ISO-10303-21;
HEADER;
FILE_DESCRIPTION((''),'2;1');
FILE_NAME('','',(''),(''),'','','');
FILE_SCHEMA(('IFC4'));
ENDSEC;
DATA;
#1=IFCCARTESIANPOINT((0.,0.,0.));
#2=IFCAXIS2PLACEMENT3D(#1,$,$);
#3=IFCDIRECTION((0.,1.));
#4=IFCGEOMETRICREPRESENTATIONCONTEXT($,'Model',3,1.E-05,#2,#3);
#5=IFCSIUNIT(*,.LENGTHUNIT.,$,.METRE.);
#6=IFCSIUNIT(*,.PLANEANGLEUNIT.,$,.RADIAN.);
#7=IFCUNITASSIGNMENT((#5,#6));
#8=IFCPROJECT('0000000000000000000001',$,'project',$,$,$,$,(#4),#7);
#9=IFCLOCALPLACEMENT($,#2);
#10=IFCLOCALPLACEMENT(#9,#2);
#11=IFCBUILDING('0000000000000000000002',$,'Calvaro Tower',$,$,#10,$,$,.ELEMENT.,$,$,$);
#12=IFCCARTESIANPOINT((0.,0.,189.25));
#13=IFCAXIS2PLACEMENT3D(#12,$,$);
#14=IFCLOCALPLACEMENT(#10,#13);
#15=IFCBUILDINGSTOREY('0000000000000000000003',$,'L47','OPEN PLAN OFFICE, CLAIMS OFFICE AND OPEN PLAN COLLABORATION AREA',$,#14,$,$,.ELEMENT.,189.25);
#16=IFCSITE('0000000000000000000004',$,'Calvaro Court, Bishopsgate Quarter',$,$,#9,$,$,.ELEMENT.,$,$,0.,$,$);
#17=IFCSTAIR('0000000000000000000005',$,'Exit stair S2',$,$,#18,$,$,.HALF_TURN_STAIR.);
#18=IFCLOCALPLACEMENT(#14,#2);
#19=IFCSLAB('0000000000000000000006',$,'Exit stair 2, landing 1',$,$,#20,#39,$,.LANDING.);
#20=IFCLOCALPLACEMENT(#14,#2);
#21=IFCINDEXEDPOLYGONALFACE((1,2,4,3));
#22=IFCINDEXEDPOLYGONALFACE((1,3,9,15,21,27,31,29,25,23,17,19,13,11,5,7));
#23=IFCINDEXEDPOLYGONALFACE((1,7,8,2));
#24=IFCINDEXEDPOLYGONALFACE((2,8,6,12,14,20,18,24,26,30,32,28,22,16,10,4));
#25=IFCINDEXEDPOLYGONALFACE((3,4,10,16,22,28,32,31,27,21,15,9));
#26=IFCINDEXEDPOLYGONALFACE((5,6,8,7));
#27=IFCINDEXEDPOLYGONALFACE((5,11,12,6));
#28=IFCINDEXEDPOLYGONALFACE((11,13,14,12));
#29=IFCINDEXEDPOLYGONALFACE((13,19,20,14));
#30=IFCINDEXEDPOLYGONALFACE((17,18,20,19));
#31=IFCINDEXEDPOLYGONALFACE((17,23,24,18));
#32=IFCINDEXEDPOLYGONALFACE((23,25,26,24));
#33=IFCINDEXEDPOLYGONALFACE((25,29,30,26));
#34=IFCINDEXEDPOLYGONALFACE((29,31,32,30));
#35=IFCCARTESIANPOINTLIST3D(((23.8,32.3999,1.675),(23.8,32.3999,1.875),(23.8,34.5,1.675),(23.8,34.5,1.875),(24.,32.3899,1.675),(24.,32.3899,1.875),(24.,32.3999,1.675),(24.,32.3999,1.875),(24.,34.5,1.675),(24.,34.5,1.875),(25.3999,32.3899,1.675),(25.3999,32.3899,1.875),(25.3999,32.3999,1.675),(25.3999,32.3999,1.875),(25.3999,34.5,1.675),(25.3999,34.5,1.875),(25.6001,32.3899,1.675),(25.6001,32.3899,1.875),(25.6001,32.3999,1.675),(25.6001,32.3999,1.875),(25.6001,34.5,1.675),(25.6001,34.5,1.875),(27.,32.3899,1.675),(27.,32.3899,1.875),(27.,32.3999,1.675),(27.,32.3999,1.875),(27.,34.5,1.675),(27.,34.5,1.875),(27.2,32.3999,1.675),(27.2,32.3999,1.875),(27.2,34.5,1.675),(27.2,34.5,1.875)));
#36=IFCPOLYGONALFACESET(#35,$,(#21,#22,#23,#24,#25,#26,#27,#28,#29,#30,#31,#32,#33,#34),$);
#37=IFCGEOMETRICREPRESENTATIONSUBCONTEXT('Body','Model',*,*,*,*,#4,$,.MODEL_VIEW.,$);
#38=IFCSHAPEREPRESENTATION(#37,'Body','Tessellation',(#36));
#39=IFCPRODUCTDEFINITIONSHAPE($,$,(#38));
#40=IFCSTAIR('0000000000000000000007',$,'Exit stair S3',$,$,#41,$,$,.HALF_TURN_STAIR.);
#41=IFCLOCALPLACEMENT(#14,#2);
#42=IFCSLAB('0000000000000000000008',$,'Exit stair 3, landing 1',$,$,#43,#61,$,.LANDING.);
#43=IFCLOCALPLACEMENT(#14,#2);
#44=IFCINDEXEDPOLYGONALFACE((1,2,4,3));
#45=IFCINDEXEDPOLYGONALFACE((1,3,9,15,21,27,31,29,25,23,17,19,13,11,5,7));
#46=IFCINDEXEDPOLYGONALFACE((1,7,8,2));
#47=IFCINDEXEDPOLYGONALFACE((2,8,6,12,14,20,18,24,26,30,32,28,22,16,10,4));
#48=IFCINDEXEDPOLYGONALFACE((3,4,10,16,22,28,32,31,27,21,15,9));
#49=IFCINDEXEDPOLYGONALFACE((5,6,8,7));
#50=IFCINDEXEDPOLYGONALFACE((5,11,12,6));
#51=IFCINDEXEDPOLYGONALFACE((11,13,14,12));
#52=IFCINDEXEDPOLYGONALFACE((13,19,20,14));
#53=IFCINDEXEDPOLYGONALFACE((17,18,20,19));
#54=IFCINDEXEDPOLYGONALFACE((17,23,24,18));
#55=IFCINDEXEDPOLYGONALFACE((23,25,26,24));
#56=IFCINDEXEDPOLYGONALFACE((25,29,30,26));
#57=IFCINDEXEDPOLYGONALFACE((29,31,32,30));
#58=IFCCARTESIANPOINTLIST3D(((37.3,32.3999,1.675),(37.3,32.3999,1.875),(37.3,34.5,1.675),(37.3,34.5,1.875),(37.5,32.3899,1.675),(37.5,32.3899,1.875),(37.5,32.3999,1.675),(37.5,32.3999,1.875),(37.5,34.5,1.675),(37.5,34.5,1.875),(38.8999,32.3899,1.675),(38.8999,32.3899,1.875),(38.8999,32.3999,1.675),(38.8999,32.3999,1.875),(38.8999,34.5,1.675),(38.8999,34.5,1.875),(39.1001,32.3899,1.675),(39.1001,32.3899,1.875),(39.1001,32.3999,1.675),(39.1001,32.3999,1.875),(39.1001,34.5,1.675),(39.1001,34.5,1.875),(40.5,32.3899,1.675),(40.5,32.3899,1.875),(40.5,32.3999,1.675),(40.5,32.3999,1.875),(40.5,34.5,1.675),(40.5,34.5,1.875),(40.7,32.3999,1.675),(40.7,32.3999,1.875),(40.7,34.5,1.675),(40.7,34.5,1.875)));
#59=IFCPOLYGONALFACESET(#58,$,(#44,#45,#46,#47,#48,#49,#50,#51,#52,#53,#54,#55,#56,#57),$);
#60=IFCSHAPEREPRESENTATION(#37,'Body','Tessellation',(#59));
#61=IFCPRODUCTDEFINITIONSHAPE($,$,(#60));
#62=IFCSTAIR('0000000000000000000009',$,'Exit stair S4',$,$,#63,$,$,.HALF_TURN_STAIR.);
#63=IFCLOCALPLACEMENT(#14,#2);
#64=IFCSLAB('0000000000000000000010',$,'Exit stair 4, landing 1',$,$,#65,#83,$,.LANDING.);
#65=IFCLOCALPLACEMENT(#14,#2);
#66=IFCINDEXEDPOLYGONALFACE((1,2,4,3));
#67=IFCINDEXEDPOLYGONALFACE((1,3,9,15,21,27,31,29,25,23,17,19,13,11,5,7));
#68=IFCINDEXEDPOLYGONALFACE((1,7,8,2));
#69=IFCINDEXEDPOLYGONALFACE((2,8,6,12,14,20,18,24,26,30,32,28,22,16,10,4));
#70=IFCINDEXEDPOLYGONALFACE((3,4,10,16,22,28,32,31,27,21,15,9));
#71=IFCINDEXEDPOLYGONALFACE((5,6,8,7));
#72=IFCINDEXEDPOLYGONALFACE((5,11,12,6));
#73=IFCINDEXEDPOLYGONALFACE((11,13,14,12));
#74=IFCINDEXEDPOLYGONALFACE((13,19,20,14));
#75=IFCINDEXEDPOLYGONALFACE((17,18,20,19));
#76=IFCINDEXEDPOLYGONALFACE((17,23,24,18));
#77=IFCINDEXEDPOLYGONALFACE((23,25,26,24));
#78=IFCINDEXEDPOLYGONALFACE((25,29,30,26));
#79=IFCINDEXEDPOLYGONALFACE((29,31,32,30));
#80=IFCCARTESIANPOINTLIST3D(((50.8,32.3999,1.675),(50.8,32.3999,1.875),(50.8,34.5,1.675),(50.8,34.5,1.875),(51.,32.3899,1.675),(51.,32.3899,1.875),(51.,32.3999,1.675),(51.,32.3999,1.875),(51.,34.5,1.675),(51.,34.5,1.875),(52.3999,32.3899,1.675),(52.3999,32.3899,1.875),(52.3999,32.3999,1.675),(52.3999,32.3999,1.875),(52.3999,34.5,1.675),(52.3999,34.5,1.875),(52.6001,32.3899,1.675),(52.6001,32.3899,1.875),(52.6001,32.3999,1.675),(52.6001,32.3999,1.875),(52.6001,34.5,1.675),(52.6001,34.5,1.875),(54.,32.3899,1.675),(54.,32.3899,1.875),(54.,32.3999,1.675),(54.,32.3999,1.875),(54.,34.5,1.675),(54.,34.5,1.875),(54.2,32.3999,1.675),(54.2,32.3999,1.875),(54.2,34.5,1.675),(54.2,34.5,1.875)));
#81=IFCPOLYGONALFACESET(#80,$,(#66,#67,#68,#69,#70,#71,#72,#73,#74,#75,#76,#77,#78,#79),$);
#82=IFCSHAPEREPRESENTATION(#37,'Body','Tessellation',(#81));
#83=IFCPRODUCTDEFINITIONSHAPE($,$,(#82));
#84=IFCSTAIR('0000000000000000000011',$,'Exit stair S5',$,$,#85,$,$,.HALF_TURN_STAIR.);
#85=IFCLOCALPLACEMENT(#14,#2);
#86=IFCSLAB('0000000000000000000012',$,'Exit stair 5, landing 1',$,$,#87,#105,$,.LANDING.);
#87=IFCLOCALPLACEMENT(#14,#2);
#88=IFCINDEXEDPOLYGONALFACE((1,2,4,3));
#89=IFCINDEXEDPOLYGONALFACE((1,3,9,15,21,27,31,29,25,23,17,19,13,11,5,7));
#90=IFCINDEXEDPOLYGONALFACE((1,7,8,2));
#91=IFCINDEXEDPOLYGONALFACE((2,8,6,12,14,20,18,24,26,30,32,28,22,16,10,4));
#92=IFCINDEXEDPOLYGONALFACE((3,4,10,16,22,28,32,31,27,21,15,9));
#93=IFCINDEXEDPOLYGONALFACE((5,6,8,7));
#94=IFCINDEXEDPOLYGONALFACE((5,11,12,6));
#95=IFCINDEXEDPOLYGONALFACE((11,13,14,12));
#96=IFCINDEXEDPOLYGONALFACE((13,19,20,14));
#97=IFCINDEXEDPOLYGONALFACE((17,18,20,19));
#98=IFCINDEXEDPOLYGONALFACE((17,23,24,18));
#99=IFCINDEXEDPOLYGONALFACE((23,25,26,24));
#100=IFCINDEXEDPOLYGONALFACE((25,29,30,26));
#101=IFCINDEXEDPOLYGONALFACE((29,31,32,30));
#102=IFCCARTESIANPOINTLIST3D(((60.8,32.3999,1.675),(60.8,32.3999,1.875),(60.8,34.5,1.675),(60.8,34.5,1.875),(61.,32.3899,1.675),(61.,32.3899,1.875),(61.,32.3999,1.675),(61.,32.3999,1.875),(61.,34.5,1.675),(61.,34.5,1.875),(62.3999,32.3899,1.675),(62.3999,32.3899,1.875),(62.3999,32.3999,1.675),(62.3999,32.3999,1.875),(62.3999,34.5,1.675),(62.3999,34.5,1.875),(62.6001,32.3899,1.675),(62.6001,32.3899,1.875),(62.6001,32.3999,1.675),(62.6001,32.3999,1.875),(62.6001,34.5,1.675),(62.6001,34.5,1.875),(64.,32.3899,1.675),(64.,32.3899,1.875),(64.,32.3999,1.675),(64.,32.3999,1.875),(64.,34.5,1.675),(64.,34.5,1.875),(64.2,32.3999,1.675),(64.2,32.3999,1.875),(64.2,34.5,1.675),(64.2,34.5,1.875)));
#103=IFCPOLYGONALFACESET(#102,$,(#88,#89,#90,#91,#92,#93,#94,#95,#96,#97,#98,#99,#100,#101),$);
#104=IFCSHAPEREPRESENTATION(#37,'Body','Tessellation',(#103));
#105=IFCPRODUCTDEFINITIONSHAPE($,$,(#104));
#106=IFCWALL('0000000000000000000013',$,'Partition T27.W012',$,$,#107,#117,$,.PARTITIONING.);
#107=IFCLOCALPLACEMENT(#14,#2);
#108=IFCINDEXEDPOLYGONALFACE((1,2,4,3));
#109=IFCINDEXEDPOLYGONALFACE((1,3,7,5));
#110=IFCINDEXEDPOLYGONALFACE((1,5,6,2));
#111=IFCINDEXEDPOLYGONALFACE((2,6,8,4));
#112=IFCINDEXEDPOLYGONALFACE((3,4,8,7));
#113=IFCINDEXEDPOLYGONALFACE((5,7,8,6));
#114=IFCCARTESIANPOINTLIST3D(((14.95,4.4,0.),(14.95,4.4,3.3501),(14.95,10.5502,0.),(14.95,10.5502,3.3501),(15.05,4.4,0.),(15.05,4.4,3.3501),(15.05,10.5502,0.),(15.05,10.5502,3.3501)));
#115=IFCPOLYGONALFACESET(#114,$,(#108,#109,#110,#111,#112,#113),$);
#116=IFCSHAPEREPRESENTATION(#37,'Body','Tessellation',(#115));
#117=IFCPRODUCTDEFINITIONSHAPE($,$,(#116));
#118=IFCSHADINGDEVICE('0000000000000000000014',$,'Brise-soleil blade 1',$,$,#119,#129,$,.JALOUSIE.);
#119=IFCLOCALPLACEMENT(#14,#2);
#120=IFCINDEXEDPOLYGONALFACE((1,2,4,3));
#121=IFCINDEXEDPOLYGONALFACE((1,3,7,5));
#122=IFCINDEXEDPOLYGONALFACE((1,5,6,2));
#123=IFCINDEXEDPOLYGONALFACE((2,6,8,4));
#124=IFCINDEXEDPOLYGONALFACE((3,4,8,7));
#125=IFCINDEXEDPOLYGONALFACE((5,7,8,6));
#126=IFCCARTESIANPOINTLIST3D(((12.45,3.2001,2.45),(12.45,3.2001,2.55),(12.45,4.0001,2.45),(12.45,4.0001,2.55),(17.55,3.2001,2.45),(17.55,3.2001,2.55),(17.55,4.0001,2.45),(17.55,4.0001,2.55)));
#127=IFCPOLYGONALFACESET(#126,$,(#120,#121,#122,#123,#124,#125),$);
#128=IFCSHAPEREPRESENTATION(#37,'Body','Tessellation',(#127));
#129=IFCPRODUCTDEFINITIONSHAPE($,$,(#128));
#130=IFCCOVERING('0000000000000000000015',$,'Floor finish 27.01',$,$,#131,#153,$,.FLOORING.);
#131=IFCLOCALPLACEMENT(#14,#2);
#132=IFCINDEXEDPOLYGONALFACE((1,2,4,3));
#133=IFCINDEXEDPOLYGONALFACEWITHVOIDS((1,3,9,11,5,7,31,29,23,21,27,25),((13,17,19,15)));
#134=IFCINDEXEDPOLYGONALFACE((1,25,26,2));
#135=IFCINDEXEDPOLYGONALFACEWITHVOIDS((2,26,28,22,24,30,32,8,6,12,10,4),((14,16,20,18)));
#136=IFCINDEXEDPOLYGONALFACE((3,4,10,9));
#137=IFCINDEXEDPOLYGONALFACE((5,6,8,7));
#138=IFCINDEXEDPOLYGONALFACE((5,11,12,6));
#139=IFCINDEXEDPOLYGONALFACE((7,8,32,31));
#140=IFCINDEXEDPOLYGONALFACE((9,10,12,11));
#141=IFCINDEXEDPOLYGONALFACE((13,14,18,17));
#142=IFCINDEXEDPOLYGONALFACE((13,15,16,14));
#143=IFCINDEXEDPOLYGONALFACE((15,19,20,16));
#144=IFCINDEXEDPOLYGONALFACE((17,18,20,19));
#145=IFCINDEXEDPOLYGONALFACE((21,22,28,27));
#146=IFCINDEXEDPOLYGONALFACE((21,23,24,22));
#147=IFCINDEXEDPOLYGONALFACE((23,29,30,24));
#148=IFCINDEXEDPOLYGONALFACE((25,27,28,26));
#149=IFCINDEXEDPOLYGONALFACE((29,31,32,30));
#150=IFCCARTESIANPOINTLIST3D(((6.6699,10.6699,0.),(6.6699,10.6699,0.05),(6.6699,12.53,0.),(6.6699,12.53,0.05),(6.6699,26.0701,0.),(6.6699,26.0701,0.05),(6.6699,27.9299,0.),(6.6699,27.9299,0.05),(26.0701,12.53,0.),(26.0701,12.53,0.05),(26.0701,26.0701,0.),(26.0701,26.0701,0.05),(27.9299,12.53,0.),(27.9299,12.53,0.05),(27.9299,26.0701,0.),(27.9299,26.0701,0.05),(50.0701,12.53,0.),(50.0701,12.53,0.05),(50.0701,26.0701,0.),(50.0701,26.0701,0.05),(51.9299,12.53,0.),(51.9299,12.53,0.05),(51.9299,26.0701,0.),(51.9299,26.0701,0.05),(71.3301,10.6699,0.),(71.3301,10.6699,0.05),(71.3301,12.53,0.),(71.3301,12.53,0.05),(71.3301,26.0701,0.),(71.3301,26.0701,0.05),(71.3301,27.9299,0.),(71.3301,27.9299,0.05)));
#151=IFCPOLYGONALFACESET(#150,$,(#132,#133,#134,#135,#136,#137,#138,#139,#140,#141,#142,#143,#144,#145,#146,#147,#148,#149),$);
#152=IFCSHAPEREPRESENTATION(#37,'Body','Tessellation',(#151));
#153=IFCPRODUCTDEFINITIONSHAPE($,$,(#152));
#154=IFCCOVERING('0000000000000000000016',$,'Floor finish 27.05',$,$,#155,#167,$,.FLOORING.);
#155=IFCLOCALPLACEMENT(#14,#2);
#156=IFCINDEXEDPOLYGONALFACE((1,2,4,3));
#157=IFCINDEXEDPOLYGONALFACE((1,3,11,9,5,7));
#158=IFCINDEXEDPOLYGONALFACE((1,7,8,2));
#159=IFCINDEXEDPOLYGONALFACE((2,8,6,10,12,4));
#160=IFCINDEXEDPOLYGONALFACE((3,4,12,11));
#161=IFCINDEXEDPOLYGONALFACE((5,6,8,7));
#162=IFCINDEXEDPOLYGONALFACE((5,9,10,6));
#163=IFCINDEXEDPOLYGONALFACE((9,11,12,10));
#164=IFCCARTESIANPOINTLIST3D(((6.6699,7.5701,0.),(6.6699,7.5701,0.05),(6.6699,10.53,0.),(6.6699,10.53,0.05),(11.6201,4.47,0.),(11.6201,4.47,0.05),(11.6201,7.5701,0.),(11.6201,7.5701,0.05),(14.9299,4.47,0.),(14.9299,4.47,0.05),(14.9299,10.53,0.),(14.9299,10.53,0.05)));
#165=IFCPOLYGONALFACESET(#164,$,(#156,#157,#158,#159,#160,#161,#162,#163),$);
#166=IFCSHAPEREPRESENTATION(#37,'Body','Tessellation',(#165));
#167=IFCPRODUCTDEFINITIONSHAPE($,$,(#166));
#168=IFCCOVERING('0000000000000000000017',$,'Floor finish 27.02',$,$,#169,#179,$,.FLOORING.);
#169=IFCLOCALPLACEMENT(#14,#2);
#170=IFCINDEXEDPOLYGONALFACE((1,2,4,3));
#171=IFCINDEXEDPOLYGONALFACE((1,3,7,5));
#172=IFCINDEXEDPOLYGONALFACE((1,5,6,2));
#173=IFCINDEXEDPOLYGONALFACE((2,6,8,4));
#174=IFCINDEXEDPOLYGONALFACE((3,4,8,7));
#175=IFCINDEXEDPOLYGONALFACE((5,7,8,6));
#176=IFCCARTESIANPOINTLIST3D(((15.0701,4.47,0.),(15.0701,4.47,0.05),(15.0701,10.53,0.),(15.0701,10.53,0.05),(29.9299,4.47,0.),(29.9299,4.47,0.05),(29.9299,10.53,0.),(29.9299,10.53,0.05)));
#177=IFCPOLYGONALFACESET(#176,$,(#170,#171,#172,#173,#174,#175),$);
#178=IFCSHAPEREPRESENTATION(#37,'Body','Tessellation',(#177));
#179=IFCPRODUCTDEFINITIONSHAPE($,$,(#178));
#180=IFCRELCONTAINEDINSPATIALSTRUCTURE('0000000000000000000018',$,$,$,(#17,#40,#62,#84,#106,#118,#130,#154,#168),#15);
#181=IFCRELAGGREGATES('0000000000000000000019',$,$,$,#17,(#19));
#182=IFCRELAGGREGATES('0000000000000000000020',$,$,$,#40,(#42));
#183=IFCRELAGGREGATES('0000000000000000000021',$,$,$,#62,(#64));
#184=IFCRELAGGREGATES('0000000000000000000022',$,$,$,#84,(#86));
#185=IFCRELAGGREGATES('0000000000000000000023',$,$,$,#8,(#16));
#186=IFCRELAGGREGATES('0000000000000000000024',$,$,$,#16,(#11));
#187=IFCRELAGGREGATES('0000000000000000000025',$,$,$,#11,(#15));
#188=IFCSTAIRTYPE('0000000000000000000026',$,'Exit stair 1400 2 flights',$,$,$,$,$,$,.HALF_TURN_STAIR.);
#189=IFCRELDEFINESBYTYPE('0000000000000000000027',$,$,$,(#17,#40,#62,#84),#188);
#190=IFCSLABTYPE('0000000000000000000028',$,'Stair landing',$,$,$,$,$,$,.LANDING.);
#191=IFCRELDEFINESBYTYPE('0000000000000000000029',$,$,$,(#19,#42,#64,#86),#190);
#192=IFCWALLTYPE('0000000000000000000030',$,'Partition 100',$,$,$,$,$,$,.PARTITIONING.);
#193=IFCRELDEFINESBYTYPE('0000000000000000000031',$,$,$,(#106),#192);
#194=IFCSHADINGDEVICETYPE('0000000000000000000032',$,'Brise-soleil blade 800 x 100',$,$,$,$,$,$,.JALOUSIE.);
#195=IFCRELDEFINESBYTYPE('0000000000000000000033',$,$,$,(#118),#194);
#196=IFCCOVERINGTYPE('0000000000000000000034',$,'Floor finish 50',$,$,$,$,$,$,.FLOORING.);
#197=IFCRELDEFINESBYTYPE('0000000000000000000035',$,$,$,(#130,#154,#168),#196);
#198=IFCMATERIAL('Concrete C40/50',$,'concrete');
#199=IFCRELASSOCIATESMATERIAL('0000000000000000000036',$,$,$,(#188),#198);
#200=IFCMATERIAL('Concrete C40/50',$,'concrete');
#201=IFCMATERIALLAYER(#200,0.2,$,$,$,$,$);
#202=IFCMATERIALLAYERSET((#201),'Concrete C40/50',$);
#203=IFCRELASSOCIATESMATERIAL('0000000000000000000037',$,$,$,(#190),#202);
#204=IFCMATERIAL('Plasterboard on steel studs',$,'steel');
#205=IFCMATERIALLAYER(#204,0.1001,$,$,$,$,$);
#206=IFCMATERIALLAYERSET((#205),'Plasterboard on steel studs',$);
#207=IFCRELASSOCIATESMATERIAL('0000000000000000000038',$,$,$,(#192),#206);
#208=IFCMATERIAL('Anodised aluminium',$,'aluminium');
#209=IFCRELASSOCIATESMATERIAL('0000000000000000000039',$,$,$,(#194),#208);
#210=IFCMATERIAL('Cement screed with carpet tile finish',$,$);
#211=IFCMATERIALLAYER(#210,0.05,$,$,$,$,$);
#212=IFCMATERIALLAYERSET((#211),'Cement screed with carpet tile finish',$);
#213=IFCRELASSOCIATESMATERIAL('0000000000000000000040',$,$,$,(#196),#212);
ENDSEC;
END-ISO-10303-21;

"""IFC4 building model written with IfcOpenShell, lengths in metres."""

from ifc_helpers import new_model, si_unit, direction, frame, frame_2d, origin, origin_2d, place, context, subcontext, project, spatial, polyline, rectangle, outline, extrude, material, layer, layer_set, material_profile, profile_set, type_object, element, aggregate, save


model = new_model("IFC4")

# Units and contexts
model_context = context("Model", 3, precision=1e-05, world=origin(), true_north=direction((0.0, 1.0)))
body_context = subcontext(model_context, "Body", "Model", "MODEL_VIEW")
ifc_project = project(units=[si_unit("LENGTHUNIT", "METRE"), si_unit("PLANEANGLEUNIT", "RADIAN")], contexts=[model_context])

# Site, building, storey
site_placement = place(None, origin())
site = spatial("IfcSite", under=ifc_project, at=site_placement, Name="Calvaro Court, Bishopsgate Quarter", CompositionType="ELEMENT", RefElevation=0.0)
building_placement = place(site_placement, origin())
building = spatial("IfcBuilding", under=site, at=building_placement, Name="Calvaro Tower", CompositionType="ELEMENT")
storey_placement = place(building_placement, frame((0.0, 0.0, 189.25)))
storey = spatial("IfcBuildingStorey", under=building, at=storey_placement, Name="L47", Description="OPEN PLAN OFFICE, CLAIMS OFFICE AND OPEN PLAN COLLABORATION AREA", CompositionType="ELEMENT", Elevation=189.25)

# Stairs, slabs
ifc_material_1 = material(Name="Concrete C40/50", Category="concrete")
stair_type = type_object("IfcStairType", Name="Exit stair 1400 2 flights", PredefinedType="HALF_TURN_STAIR", material=ifc_material_1)
ifc_material_2 = material(Name="Concrete C40/50", Category="concrete")
ifc_layer_1 = layer(ifc_material_2, 0.2)
ifc_layer_set_1 = layer_set([ifc_layer_1], Name="Concrete C40/50")
slab_type_1 = type_object("IfcSlabType", Name="Stair landing", PredefinedType="LANDING", material=ifc_layer_set_1)
stair_1_placement = place(storey_placement, origin())
stair_1 = element("IfcStair", 1, at=stair_1_placement, inside=storey, type_object=stair_type, Name="Exit stair S2", PredefinedType="HALF_TURN_STAIR")
slab_1_placement = place(storey_placement, frame((0.0, 0.0, 1.675)))
slab_1 = element("IfcSlab", 2, at=slab_1_placement, type_object=slab_type_1, Name="Exit stair 2, landing 1", PredefinedType="LANDING", context=body_context, shape_type="SweptSolid", body=[
    extrude(outline(polyline([(25.3999, 32.3899), (24.0, 32.3899), (24.0, 32.3999), (23.8, 32.3999), (23.8, 34.5), (24.0, 34.5), (25.3999, 34.5), (25.6001, 34.5), (27.0, 34.5), (27.2, 34.5), (27.2, 32.3999), (27.0, 32.3999), (27.0, 32.3899), (25.6001, 32.3899), (25.6001, 32.3999), (25.3999, 32.3999), (25.3999, 32.3899)])), origin(), (0.0, 0.0, 1.0), 0.2),
])
aggregate(stair_1, [slab_1])
stair_2_placement = place(storey_placement, origin())
stair_2 = element("IfcStair", 3, at=stair_2_placement, inside=storey, type_object=stair_type, Name="Exit stair S3", PredefinedType="HALF_TURN_STAIR")
slab_2_placement = place(storey_placement, frame((0.0, 0.0, 1.675)))
slab_2 = element("IfcSlab", 4, at=slab_2_placement, type_object=slab_type_1, Name="Exit stair 3, landing 1", PredefinedType="LANDING", context=body_context, shape_type="SweptSolid", body=[
    extrude(outline(polyline([(38.8999, 32.3899), (37.5, 32.3899), (37.5, 32.3999), (37.3, 32.3999), (37.3, 34.5), (37.5, 34.5), (38.8999, 34.5), (39.1001, 34.5), (40.5, 34.5), (40.7, 34.5), (40.7, 32.3999), (40.5, 32.3999), (40.5, 32.3899), (39.1001, 32.3899), (39.1001, 32.3999), (38.8999, 32.3999), (38.8999, 32.3899)])), origin(), (0.0, 0.0, 1.0), 0.2),
])
aggregate(stair_2, [slab_2])
stair_3_placement = place(storey_placement, origin())
stair_3 = element("IfcStair", 5, at=stair_3_placement, inside=storey, type_object=stair_type, Name="Exit stair S4", PredefinedType="HALF_TURN_STAIR")
slab_3_placement = place(storey_placement, frame((0.0, 0.0, 1.675)))
slab_3 = element("IfcSlab", 6, at=slab_3_placement, type_object=slab_type_1, Name="Exit stair 4, landing 1", PredefinedType="LANDING", context=body_context, shape_type="SweptSolid", body=[
    extrude(outline(polyline([(52.3999, 32.3899), (51.0, 32.3899), (51.0, 32.3999), (50.8, 32.3999), (50.8, 34.5), (51.0, 34.5), (52.3999, 34.5), (52.6001, 34.5), (54.0, 34.5), (54.2, 34.5), (54.2, 32.3999), (54.0, 32.3999), (54.0, 32.3899), (52.6001, 32.3899), (52.6001, 32.3999), (52.3999, 32.3999), (52.3999, 32.3899)])), origin(), (0.0, 0.0, 1.0), 0.2),
])
aggregate(stair_3, [slab_3])
stair_4_placement = place(storey_placement, origin())
stair_4 = element("IfcStair", 7, at=stair_4_placement, inside=storey, type_object=stair_type, Name="Exit stair S5", PredefinedType="HALF_TURN_STAIR")
slab_4_placement = place(storey_placement, frame((0.0, 0.0, 1.675)))
slab_4 = element("IfcSlab", 8, at=slab_4_placement, type_object=slab_type_1, Name="Exit stair 5, landing 1", PredefinedType="LANDING", context=body_context, shape_type="SweptSolid", body=[
    extrude(outline(polyline([(62.3999, 32.3899), (61.0, 32.3899), (61.0, 32.3999), (60.8, 32.3999), (60.8, 34.5), (61.0, 34.5), (62.3999, 34.5), (62.6001, 34.5), (64.0, 34.5), (64.2, 34.5), (64.2, 32.3999), (64.0, 32.3999), (64.0, 32.3899), (62.6001, 32.3899), (62.6001, 32.3999), (62.3999, 32.3999), (62.3999, 32.3899)])), origin(), (0.0, 0.0, 1.0), 0.2),
])
aggregate(stair_4, [slab_4])

# Wall
ifc_material_3 = material(Name="Plasterboard on steel studs", Category="steel")
ifc_layer_2 = layer(ifc_material_3, 0.1001)
ifc_layer_set_2 = layer_set([ifc_layer_2], Name="Plasterboard on steel studs")
wall_type = type_object("IfcWallType", Name="Partition 100", PredefinedType="PARTITIONING", material=ifc_layer_set_2)
wall_placement = place(storey_placement, frame((15.0, 4.3999, 0.0), z_axis=(0.0, 0.0, 1.0), x_axis=(0.0, 1.0, 0.0)))
element("IfcWall", 9, at=wall_placement, inside=storey, type_object=wall_type, Name="Partition T27.W012", PredefinedType="PARTITIONING", context=body_context, shape_type="SweptSolid", body=[
    extrude(rectangle(XDim=6.1501, YDim=0.1001, at=frame_2d((3.0752, 0.0))), origin(), (0.0, 0.0, 1.0), 3.3501),
])

# Shading device
ifc_material_4 = material(Name="Anodised aluminium", Category="aluminium")
ifc_material_profile_1 = material_profile(ifc_material_4, rectangle(XDim=0.8, YDim=0.1001, at=origin_2d()), Name="Brise-soleil blade 800 x 100")
ifc_profile_set_1 = profile_set([ifc_material_profile_1], Name="Anodised aluminium")
shading_device_type = type_object("IfcShadingDeviceType", Name="Brise-soleil blade 800 x 100", PredefinedType="JALOUSIE", material=ifc_profile_set_1)
shading_device_placement = place(storey_placement, frame((12.45, 3.6001, 2.5), z_axis=(1.0, 0.0, 0.0), x_axis=(0.0, 1.0, 0.0)))
element("IfcShadingDevice", 10, at=shading_device_placement, inside=storey, type_object=shading_device_type, Name="Brise-soleil blade 1", PredefinedType="JALOUSIE", context=body_context, shape_type="SweptSolid", body=[
    extrude(rectangle(XDim=0.8, YDim=0.1001, at=origin_2d()), origin(), (0.0, 0.0, 1.0), 5.1001),
])

# Coverings
ifc_material_5 = material(Name="Cement screed with carpet tile finish")
ifc_layer_3 = layer(ifc_material_5, 0.05)
ifc_layer_set_3 = layer_set([ifc_layer_3], Name="Cement screed with carpet tile finish")
covering_type = type_object("IfcCoveringType", Name="Floor finish 50", PredefinedType="FLOORING", material=ifc_layer_set_3)
covering_1_placement = place(storey_placement, origin())
element("IfcCovering", 11, at=covering_1_placement, inside=storey, type_object=covering_type, Name="Floor finish 27.01", PredefinedType="FLOORING", context=body_context, shape_type="SweptSolid", body=[
    extrude(outline(polyline([(6.6699, 10.6699), (6.6699, 12.53), (26.0701, 12.53), (26.0701, 26.0701), (6.6699, 26.0701), (6.6699, 27.9299), (71.3301, 27.9299), (71.3301, 26.0701), (51.9299, 26.0701), (51.9299, 12.53), (71.3301, 12.53), (71.3301, 10.6699), (6.6699, 10.6699)]), holes=[polyline([(50.0701, 12.53), (50.0701, 26.0701), (27.9299, 26.0701), (27.9299, 12.53), (50.0701, 12.53)])]), origin(), (0.0, 0.0, 1.0), 0.05),
])
covering_2_placement = place(storey_placement, origin())
element("IfcCovering", 12, at=covering_2_placement, inside=storey, type_object=covering_type, Name="Floor finish 27.05", PredefinedType="FLOORING", context=body_context, shape_type="SweptSolid", body=[
    extrude(outline(polyline([(14.9299, 10.53), (14.9299, 4.47), (11.6201, 4.47), (11.6201, 7.5701), (6.6699, 7.5701), (6.6699, 10.53), (14.9299, 10.53)])), origin(), (0.0, 0.0, 1.0), 0.05),
])
covering_3_placement = place(storey_placement, origin())
element("IfcCovering", 13, at=covering_3_placement, inside=storey, type_object=covering_type, Name="Floor finish 27.02", PredefinedType="FLOORING", context=body_context, shape_type="SweptSolid", body=[
    extrude(outline(polyline([(15.0701, 10.53), (29.9299, 10.53), (29.9299, 4.47), (15.0701, 4.47), (15.0701, 10.53)])), origin(), (0.0, 0.0, 1.0), 0.05),
])

save(model, "model.ifc")
